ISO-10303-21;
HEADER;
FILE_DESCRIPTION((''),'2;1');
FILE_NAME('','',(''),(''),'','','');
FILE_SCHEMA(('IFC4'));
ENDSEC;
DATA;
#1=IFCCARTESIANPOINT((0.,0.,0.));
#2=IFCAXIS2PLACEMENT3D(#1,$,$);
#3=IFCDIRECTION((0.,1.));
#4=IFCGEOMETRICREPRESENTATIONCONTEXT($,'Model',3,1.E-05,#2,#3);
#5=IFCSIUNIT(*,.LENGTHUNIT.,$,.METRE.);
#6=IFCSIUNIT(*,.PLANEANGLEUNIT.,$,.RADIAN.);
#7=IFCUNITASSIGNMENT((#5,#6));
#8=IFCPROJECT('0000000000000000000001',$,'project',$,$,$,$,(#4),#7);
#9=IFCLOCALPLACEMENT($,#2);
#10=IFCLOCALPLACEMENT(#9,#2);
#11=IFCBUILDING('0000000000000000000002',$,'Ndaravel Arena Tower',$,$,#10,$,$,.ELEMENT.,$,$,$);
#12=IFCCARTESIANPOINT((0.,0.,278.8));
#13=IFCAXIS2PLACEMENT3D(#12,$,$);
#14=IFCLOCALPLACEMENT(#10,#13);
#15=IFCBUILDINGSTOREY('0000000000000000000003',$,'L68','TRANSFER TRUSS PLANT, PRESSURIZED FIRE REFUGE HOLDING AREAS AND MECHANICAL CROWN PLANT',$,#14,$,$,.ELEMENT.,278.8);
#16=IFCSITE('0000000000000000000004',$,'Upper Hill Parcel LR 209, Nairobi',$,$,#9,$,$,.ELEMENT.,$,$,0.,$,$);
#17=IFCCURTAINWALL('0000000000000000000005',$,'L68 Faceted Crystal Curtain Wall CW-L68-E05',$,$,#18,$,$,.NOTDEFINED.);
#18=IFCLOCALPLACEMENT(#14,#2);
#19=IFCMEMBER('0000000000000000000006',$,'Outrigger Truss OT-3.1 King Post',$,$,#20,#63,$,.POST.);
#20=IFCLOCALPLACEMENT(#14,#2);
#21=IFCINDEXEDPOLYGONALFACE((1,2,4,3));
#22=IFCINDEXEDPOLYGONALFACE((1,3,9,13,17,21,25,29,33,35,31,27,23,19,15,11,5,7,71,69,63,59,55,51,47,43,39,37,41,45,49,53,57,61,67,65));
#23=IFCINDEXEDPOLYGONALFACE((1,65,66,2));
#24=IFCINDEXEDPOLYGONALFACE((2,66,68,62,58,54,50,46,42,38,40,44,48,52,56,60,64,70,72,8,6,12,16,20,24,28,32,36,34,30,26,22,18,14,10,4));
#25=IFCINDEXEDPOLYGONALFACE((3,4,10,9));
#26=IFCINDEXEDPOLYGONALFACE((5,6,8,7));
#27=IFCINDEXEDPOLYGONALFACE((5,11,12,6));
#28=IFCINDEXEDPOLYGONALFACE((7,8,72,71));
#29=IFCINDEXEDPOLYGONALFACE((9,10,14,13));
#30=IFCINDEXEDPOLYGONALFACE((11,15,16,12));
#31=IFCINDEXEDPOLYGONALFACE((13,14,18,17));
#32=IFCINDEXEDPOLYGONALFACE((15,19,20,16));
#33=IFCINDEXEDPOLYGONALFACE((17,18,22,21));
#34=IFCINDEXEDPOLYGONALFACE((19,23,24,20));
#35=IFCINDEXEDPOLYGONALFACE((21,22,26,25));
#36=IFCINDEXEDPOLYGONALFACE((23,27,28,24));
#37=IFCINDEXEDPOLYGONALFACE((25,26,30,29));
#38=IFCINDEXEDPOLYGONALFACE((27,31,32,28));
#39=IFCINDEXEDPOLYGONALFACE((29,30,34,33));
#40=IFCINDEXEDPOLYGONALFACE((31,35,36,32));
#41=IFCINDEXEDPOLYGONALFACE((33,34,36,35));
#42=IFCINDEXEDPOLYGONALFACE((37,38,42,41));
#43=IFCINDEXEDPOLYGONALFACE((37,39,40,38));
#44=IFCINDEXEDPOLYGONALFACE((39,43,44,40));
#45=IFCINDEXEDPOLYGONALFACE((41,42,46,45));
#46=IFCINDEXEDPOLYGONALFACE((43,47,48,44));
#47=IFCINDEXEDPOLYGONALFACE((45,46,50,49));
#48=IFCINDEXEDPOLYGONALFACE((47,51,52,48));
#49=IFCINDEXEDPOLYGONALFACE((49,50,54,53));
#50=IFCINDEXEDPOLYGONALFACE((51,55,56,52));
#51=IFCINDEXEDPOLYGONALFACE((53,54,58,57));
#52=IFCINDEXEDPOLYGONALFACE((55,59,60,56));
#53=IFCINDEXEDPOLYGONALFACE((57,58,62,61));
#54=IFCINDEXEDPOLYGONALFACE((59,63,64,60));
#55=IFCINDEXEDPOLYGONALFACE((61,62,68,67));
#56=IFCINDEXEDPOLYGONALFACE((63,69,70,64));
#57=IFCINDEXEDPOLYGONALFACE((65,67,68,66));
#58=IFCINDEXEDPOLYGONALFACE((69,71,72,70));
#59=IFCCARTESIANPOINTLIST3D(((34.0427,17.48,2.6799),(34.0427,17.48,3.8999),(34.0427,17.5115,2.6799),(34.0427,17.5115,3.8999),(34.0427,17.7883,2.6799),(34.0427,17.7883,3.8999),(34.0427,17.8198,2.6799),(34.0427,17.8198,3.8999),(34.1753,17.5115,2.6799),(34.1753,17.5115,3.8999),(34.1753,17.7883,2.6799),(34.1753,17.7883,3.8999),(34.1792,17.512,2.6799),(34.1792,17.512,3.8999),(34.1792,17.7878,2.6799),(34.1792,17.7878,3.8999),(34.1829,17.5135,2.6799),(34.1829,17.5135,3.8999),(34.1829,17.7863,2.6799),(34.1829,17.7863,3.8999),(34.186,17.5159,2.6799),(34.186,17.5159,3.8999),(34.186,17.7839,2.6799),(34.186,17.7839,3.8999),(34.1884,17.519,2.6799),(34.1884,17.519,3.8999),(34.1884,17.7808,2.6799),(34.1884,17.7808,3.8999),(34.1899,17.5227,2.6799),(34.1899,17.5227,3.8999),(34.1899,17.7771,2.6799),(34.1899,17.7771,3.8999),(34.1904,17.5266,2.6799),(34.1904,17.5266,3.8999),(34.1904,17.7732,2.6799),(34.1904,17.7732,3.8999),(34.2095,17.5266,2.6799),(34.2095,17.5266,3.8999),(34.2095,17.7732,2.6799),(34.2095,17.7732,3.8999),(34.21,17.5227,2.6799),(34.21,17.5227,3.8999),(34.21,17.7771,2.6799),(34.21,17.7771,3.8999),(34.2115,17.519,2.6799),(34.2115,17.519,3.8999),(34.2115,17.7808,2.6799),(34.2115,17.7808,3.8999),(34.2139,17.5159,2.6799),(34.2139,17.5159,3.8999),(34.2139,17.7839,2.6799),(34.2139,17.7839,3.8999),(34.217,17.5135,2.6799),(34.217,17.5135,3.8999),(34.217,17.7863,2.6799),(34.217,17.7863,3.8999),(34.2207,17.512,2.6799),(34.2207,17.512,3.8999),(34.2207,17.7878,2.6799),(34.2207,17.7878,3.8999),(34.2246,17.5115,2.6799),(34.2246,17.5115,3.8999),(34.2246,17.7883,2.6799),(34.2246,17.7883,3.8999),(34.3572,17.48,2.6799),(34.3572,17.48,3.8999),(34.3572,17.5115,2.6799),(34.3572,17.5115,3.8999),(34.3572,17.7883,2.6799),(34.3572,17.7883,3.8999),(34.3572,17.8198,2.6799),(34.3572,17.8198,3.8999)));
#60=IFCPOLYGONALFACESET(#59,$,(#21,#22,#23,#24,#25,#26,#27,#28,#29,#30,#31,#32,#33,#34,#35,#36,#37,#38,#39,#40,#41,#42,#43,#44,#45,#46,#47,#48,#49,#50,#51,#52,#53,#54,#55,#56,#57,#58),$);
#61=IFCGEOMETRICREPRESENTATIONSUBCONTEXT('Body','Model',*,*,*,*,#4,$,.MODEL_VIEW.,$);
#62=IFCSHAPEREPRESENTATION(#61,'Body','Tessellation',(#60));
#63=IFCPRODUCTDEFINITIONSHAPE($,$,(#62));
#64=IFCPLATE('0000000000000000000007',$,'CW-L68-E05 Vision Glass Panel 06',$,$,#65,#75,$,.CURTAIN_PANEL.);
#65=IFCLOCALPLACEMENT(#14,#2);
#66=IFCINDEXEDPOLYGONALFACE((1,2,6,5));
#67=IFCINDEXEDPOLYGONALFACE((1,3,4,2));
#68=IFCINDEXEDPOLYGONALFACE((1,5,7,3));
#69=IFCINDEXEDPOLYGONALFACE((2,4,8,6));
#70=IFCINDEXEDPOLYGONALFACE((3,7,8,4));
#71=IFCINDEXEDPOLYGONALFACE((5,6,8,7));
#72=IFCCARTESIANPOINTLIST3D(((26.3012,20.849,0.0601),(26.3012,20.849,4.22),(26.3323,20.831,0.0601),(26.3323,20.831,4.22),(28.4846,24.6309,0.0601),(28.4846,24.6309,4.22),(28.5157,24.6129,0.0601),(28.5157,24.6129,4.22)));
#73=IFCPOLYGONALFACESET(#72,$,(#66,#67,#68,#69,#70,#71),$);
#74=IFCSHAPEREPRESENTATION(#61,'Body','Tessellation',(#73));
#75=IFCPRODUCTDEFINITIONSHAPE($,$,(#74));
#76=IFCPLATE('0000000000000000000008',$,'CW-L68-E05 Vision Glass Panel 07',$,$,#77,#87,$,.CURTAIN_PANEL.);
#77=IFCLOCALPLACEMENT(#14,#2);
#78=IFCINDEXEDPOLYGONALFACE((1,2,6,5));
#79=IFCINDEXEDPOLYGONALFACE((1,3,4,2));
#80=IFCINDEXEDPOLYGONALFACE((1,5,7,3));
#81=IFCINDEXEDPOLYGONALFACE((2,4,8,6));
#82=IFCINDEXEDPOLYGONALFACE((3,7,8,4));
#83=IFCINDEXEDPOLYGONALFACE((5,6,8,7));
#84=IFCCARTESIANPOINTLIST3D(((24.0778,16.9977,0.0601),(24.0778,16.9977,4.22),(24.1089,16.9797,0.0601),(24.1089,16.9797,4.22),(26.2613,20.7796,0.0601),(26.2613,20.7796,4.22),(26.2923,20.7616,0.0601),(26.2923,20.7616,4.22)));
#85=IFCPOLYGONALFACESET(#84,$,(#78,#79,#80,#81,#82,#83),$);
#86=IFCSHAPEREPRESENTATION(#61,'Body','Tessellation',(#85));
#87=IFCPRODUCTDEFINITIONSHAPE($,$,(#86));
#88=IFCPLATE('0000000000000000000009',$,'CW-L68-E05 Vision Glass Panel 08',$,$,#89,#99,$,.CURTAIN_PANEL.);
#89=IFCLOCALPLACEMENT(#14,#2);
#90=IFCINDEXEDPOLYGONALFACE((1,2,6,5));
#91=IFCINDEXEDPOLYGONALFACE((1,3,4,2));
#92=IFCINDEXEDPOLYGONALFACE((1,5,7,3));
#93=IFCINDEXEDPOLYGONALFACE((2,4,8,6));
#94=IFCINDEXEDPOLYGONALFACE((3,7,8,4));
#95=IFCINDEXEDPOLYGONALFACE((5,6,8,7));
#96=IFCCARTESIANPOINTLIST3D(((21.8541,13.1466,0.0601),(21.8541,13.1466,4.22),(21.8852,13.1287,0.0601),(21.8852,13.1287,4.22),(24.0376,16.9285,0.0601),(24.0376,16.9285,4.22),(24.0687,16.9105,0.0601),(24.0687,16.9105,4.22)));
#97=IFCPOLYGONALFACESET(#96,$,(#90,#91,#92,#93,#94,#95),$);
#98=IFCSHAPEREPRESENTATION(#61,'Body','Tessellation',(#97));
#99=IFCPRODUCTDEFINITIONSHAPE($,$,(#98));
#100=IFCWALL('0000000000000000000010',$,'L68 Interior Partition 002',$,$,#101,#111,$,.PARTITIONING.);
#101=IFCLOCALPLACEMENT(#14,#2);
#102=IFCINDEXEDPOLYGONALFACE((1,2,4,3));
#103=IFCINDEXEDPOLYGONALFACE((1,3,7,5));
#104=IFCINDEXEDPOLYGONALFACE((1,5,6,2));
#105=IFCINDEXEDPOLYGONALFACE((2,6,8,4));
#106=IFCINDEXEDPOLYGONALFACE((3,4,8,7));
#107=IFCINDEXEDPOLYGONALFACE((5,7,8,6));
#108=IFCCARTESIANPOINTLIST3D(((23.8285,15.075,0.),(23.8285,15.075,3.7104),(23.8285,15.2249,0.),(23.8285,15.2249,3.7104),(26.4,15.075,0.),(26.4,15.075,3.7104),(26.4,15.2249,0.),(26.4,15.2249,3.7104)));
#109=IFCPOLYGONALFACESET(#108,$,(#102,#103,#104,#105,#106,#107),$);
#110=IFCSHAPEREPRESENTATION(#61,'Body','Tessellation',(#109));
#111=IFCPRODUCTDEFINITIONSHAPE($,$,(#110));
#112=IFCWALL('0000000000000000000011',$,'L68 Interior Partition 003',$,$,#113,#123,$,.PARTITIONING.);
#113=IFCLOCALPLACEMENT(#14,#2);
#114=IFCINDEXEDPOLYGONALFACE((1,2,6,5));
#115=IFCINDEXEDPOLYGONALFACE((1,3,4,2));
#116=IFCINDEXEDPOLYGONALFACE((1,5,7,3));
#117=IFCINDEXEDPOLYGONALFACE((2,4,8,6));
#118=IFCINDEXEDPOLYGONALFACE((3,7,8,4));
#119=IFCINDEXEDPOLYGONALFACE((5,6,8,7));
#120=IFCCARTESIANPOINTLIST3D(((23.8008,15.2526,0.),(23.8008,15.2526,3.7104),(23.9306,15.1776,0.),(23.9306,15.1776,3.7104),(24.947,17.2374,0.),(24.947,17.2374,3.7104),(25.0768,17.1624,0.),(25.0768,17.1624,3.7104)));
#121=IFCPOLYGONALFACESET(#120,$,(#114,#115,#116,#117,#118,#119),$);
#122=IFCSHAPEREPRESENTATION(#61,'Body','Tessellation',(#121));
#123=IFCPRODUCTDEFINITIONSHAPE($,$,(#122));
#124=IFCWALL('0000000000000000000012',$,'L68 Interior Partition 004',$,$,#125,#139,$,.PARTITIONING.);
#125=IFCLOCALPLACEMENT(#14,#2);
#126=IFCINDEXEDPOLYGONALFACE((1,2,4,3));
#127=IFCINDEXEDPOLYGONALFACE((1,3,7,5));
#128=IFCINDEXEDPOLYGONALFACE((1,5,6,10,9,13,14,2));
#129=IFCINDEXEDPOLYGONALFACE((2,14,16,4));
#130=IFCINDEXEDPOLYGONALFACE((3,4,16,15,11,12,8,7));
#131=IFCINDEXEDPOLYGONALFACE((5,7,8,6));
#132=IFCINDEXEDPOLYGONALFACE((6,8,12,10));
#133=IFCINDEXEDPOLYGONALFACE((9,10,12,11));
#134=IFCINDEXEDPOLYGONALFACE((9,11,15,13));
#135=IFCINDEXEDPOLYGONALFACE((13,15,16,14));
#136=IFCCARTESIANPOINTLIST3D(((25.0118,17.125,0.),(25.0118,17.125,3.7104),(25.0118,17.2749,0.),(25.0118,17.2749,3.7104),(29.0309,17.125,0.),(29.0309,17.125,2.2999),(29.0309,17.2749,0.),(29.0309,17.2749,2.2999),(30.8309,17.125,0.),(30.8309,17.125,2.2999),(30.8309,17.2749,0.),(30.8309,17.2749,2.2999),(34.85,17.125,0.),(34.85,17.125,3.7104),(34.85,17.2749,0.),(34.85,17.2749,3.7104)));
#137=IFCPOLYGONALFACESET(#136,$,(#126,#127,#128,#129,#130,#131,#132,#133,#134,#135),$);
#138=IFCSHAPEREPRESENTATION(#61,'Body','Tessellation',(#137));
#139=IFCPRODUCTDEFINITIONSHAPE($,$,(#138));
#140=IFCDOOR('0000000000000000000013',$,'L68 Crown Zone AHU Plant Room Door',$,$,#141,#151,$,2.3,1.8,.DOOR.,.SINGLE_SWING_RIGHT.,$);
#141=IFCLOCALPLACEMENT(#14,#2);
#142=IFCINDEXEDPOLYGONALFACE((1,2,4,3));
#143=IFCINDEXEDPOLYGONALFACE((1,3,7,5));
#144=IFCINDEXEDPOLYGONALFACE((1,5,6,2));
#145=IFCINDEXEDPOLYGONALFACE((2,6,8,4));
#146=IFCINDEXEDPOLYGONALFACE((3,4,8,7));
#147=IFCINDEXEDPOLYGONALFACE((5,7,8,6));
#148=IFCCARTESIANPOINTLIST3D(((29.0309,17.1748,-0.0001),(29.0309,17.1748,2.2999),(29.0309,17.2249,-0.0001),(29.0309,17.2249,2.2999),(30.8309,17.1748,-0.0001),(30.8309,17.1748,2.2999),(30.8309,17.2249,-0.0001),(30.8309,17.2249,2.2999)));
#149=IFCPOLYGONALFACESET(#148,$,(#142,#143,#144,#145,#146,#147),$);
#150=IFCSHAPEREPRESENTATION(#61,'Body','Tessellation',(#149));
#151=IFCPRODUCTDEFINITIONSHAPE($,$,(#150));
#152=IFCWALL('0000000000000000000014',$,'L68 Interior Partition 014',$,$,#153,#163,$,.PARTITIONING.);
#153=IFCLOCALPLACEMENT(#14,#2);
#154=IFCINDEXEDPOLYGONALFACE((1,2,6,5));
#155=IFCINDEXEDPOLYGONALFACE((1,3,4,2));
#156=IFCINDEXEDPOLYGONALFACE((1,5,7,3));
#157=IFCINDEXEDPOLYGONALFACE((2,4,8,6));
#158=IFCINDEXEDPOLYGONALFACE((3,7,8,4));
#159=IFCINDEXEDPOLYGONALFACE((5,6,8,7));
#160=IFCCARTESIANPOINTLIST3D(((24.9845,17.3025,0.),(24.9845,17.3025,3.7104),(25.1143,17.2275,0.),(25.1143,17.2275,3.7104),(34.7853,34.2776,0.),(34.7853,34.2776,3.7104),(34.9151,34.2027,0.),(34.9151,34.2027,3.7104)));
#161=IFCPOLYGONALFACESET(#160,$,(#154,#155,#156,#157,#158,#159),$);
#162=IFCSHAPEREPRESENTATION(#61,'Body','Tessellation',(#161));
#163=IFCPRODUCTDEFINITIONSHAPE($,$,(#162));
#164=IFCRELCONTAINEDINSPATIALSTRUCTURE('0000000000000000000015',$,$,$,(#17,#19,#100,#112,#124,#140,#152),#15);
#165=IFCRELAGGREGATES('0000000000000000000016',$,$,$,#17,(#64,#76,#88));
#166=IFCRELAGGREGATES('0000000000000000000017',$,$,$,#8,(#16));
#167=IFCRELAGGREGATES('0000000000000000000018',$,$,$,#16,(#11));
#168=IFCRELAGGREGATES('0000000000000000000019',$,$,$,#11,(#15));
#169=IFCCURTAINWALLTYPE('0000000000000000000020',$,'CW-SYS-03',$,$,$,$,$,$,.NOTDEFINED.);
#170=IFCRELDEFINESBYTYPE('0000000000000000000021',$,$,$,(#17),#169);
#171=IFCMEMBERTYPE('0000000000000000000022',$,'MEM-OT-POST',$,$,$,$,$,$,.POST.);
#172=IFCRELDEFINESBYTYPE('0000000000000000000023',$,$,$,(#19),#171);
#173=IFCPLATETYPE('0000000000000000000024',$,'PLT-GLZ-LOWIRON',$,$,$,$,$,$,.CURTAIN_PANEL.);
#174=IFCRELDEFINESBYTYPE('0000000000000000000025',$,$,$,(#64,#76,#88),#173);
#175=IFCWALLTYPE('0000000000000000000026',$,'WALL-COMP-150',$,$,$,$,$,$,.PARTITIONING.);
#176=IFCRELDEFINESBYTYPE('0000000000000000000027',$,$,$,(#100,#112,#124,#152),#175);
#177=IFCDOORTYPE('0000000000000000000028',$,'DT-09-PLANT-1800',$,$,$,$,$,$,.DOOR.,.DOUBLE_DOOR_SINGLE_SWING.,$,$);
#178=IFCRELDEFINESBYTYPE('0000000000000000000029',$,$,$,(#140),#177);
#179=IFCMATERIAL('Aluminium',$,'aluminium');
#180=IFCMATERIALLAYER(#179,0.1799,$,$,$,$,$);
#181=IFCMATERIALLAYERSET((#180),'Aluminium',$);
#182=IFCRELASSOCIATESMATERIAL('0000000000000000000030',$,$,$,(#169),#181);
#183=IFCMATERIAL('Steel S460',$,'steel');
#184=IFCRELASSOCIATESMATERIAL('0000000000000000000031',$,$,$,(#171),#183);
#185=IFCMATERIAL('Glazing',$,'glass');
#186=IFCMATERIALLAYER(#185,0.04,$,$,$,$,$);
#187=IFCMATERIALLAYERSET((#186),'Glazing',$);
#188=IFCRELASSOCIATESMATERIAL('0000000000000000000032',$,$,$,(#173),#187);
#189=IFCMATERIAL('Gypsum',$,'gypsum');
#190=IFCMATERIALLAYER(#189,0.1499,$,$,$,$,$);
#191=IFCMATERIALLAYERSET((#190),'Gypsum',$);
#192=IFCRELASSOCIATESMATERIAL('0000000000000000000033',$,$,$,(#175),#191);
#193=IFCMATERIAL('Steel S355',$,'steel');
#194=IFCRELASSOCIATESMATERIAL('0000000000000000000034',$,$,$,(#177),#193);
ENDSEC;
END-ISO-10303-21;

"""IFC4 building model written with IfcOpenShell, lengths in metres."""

from ifc_helpers import new_model, si_unit, direction, frame, frame_2d, origin, origin_2d, place, context, subcontext, project, spatial, rectangle, i_section, extrude, material, layer, layer_set, material_profile, profile_set, type_object, element, fill, aggregate, save


model = new_model("IFC4")

# Units and contexts
model_context = context("Model", 3, precision=1e-05, world=origin(), true_north=direction((0.0, 1.0)))
body_context = subcontext(model_context, "Body", "Model", "MODEL_VIEW")
ifc_project = project(units=[si_unit("LENGTHUNIT", "METRE"), si_unit("PLANEANGLEUNIT", "RADIAN")], contexts=[model_context])

# Site, building, storey
site_placement = place(None, origin())
site = spatial("IfcSite", under=ifc_project, at=site_placement, Name="Upper Hill Parcel LR 209, Nairobi", CompositionType="ELEMENT", RefElevation=0.0)
building_placement = place(site_placement, origin())
building = spatial("IfcBuilding", under=site, at=building_placement, Name="Ndaravel Arena Tower", CompositionType="ELEMENT")
storey_placement = place(building_placement, frame((0.0, 0.0, 278.8)))
storey = spatial("IfcBuildingStorey", under=building, at=storey_placement, Name="L68", Description="TRANSFER TRUSS PLANT, PRESSURIZED FIRE REFUGE HOLDING AREAS AND MECHANICAL CROWN PLANT", CompositionType="ELEMENT", Elevation=278.8)

# Curtain wall
ifc_material_1 = material(Name="Aluminium", Category="aluminium")
ifc_layer_1 = layer(ifc_material_1, 0.1799)
ifc_layer_set_1 = layer_set([ifc_layer_1], Name="Aluminium")
curtain_wall_type = type_object("IfcCurtainWallType", Name="CW-SYS-03", PredefinedType="NOTDEFINED", material=ifc_layer_set_1)
curtain_wall_placement = place(storey_placement, origin())
curtain_wall = element("IfcCurtainWall", 1, at=curtain_wall_placement, inside=storey, type_object=curtain_wall_type, Name="L68 Faceted Crystal Curtain Wall CW-L68-E05", PredefinedType="NOTDEFINED")

# Member
ifc_material_2 = material(Name="Steel S460", Category="steel")
ifc_material_profile_1 = material_profile(ifc_material_2, i_section(OverallWidth=0.3145, OverallDepth=0.3398, WebThickness=0.019, FlangeThickness=0.0315, FilletRadius=0.0151, at=origin_2d()), Name="UC 305x305x198")
ifc_profile_set_1 = profile_set([ifc_material_profile_1], Name="Steel S460")
member_type_1 = type_object("IfcMemberType", Name="MEM-OT-POST", PredefinedType="POST", material=ifc_profile_set_1)
member_1_placement = place(storey_placement, frame((34.2, 17.6499, 2.6799), z_axis=(0.0, 0.0, 1.0), x_axis=(1.0, 0.0, 0.0)))
element("IfcMember", 2, at=member_1_placement, inside=storey, type_object=member_type_1, Name="Outrigger Truss OT-3.1 King Post", PredefinedType="POST", context=body_context, shape_type="SweptSolid", body=[
    extrude(i_section(OverallWidth=0.3145, OverallDepth=0.3398, WebThickness=0.019, FlangeThickness=0.0315, FilletRadius=0.0151, at=origin_2d()), origin(), (0.0, 0.0, 1.0), 1.22),
])

# Plates
ifc_material_3 = material(Name="Glazing", Category="glass")
ifc_layer_2 = layer(ifc_material_3, 0.04)
ifc_layer_set_2 = layer_set([ifc_layer_2], Name="Glazing")
plate_type = type_object("IfcPlateType", Name="PLT-GLZ-LOWIRON", PredefinedType="CURTAIN_PANEL", material=ifc_layer_set_2)
plate_1_placement = place(storey_placement, frame((27.4084, 22.731, 0.0601), z_axis=(0.0, 0.0, 1.0), x_axis=(-0.5, -0.866025, 0.0)))
plate_1 = element("IfcPlate", 3, at=plate_1_placement, type_object=plate_type, Name="CW-L68-E05 Vision Glass Panel 06", PredefinedType="CURTAIN_PANEL", context=body_context, shape_type="SweptSolid", body=[
    extrude(rectangle(XDim=4.3669, YDim=0.0359, at=origin_2d()), origin(), (0.0, 0.0, 1.0), 4.1599),
])
plate_2_placement = place(storey_placement, frame((25.1851, 18.8796, 0.0601), z_axis=(0.0, 0.0, 1.0), x_axis=(-0.5, -0.866025, 0.0)))
plate_2 = element("IfcPlate", 4, at=plate_2_placement, type_object=plate_type, Name="CW-L68-E05 Vision Glass Panel 07", PredefinedType="CURTAIN_PANEL", context=body_context, shape_type="SweptSolid", body=[
    extrude(rectangle(XDim=4.3669, YDim=0.0359, at=origin_2d()), origin(), (0.0, 0.0, 1.0), 4.1599),
])
plate_3_placement = place(storey_placement, frame((22.9614, 15.0286, 0.0601), z_axis=(0.0, 0.0, 1.0), x_axis=(-0.5, -0.866025, 0.0)))
plate_3 = element("IfcPlate", 5, at=plate_3_placement, type_object=plate_type, Name="CW-L68-E05 Vision Glass Panel 08", PredefinedType="CURTAIN_PANEL", context=body_context, shape_type="SweptSolid", body=[
    extrude(rectangle(XDim=4.3669, YDim=0.0359, at=origin_2d()), origin(), (0.0, 0.0, 1.0), 4.1599),
])
aggregate(curtain_wall, [plate_1, plate_2, plate_3])

# Walls
ifc_material_4 = material(Name="Gypsum", Category="gypsum")
ifc_layer_3 = layer(ifc_material_4, 0.1499)
ifc_layer_set_3 = layer_set([ifc_layer_3], Name="Gypsum")
wall_type_1 = type_object("IfcWallType", Name="WALL-COMP-150", PredefinedType="PARTITIONING", material=ifc_layer_set_3)
wall_1_placement = place(storey_placement, frame((26.3999, 15.1499, 0.0), z_axis=(0.0, 0.0, 1.0), x_axis=(-1.0, 0.0, 0.0)))
element("IfcWall", 6, at=wall_1_placement, inside=storey, type_object=wall_type_1, Name="L68 Interior Partition 002", PredefinedType="PARTITIONING", context=body_context, shape_type="SweptSolid", body=[
    extrude(rectangle(XDim=2.5715, YDim=0.1499, at=frame_2d((1.2856, 0.0))), origin(), (0.0, 0.0, 1.0), 3.7104),
])
wall_2_placement = place(storey_placement, frame((23.8657, 15.2151, 0.0), z_axis=(0.0, 0.0, 1.0), x_axis=(0.500091, 0.865973, 0.0)))
element("IfcWall", 7, at=wall_2_placement, inside=storey, type_object=wall_type_1, Name="L68 Interior Partition 003", PredefinedType="PARTITIONING", context=body_context, shape_type="SweptSolid", body=[
    extrude(rectangle(XDim=2.292, YDim=0.1499, at=frame_2d((1.146, 0.0))), origin(), (0.0, 0.0, 1.0), 3.7104),
])

# Wall, opening, door
wall_3_placement = place(storey_placement, frame((25.012, 17.2, 0.0), z_axis=(0.0, 0.0, 1.0), x_axis=(1.0, 0.0, 0.0)))
wall_3 = element("IfcWall", 8, at=wall_3_placement, inside=storey, type_object=wall_type_1, Name="L68 Interior Partition 004", PredefinedType="PARTITIONING", context=body_context, shape_type="SweptSolid", body=[
    extrude(rectangle(XDim=9.8381, YDim=0.1499, at=frame_2d((4.9189, 0.0))), origin(), (0.0, 0.0, 1.0), 3.7104),
])
opening_1_placement = place(wall_3_placement, frame((4.019, 0.0, 0.0)))
opening_1 = element("IfcOpeningElement", 9, at=opening_1_placement, cuts=wall_3, PredefinedType="OPENING", context=body_context, shape_type="SweptSolid", body=[
    extrude(rectangle(XDim=1.8, YDim=2.3, at=frame_2d((0.8999, 1.1499))), frame((0.0, 0.075, 0.0), z_axis=(0.0, -1.0, 0.0), x_axis=(1.0, 0.0, 0.0)), (0.0, 0.0, 1.0), 0.1499),
])
ifc_material_5 = material(Name="Steel S355", Category="steel")
door_type_1 = type_object("IfcDoorType", Name="DT-09-PLANT-1800", OperationType="DOUBLE_DOOR_SINGLE_SWING", PredefinedType="DOOR", material=ifc_material_5)
door_1_placement = place(opening_1_placement, origin())
door_1 = element("IfcDoor", 10, at=door_1_placement, inside=storey, type_object=door_type_1, Name="L68 Crown Zone AHU Plant Room Door", OperationType="SINGLE_SWING_RIGHT", OverallHeight=2.3, OverallWidth=1.8, PredefinedType="DOOR", context=body_context, shape_type="SweptSolid", body=[
    extrude(rectangle(XDim=1.8, YDim=2.3, at=frame_2d((0.8999, 1.1499))), frame((0.0, 0.0249, 0.0), z_axis=(0.0, -1.0, 0.0), x_axis=(1.0, 0.0, 0.0)), (0.0, 0.0, 1.0), 0.05),
])
fill(opening_1, door_1)

# Wall
wall_4_placement = place(storey_placement, frame((25.0493, 17.2649, 0.0), z_axis=(0.0, 0.0, 1.0), x_axis=(0.500008, 0.866021, 0.0)))
element("IfcWall", 11, at=wall_4_placement, inside=storey, type_object=wall_type_1, Name="L68 Interior Partition 014", PredefinedType="PARTITIONING", context=body_context, shape_type="SweptSolid", body=[
    extrude(rectangle(XDim=19.6013, YDim=0.1499, at=frame_2d((9.8008, 0.0))), origin(), (0.0, 0.0, 1.0), 3.7104),
])

save(model, "model.ifc")
